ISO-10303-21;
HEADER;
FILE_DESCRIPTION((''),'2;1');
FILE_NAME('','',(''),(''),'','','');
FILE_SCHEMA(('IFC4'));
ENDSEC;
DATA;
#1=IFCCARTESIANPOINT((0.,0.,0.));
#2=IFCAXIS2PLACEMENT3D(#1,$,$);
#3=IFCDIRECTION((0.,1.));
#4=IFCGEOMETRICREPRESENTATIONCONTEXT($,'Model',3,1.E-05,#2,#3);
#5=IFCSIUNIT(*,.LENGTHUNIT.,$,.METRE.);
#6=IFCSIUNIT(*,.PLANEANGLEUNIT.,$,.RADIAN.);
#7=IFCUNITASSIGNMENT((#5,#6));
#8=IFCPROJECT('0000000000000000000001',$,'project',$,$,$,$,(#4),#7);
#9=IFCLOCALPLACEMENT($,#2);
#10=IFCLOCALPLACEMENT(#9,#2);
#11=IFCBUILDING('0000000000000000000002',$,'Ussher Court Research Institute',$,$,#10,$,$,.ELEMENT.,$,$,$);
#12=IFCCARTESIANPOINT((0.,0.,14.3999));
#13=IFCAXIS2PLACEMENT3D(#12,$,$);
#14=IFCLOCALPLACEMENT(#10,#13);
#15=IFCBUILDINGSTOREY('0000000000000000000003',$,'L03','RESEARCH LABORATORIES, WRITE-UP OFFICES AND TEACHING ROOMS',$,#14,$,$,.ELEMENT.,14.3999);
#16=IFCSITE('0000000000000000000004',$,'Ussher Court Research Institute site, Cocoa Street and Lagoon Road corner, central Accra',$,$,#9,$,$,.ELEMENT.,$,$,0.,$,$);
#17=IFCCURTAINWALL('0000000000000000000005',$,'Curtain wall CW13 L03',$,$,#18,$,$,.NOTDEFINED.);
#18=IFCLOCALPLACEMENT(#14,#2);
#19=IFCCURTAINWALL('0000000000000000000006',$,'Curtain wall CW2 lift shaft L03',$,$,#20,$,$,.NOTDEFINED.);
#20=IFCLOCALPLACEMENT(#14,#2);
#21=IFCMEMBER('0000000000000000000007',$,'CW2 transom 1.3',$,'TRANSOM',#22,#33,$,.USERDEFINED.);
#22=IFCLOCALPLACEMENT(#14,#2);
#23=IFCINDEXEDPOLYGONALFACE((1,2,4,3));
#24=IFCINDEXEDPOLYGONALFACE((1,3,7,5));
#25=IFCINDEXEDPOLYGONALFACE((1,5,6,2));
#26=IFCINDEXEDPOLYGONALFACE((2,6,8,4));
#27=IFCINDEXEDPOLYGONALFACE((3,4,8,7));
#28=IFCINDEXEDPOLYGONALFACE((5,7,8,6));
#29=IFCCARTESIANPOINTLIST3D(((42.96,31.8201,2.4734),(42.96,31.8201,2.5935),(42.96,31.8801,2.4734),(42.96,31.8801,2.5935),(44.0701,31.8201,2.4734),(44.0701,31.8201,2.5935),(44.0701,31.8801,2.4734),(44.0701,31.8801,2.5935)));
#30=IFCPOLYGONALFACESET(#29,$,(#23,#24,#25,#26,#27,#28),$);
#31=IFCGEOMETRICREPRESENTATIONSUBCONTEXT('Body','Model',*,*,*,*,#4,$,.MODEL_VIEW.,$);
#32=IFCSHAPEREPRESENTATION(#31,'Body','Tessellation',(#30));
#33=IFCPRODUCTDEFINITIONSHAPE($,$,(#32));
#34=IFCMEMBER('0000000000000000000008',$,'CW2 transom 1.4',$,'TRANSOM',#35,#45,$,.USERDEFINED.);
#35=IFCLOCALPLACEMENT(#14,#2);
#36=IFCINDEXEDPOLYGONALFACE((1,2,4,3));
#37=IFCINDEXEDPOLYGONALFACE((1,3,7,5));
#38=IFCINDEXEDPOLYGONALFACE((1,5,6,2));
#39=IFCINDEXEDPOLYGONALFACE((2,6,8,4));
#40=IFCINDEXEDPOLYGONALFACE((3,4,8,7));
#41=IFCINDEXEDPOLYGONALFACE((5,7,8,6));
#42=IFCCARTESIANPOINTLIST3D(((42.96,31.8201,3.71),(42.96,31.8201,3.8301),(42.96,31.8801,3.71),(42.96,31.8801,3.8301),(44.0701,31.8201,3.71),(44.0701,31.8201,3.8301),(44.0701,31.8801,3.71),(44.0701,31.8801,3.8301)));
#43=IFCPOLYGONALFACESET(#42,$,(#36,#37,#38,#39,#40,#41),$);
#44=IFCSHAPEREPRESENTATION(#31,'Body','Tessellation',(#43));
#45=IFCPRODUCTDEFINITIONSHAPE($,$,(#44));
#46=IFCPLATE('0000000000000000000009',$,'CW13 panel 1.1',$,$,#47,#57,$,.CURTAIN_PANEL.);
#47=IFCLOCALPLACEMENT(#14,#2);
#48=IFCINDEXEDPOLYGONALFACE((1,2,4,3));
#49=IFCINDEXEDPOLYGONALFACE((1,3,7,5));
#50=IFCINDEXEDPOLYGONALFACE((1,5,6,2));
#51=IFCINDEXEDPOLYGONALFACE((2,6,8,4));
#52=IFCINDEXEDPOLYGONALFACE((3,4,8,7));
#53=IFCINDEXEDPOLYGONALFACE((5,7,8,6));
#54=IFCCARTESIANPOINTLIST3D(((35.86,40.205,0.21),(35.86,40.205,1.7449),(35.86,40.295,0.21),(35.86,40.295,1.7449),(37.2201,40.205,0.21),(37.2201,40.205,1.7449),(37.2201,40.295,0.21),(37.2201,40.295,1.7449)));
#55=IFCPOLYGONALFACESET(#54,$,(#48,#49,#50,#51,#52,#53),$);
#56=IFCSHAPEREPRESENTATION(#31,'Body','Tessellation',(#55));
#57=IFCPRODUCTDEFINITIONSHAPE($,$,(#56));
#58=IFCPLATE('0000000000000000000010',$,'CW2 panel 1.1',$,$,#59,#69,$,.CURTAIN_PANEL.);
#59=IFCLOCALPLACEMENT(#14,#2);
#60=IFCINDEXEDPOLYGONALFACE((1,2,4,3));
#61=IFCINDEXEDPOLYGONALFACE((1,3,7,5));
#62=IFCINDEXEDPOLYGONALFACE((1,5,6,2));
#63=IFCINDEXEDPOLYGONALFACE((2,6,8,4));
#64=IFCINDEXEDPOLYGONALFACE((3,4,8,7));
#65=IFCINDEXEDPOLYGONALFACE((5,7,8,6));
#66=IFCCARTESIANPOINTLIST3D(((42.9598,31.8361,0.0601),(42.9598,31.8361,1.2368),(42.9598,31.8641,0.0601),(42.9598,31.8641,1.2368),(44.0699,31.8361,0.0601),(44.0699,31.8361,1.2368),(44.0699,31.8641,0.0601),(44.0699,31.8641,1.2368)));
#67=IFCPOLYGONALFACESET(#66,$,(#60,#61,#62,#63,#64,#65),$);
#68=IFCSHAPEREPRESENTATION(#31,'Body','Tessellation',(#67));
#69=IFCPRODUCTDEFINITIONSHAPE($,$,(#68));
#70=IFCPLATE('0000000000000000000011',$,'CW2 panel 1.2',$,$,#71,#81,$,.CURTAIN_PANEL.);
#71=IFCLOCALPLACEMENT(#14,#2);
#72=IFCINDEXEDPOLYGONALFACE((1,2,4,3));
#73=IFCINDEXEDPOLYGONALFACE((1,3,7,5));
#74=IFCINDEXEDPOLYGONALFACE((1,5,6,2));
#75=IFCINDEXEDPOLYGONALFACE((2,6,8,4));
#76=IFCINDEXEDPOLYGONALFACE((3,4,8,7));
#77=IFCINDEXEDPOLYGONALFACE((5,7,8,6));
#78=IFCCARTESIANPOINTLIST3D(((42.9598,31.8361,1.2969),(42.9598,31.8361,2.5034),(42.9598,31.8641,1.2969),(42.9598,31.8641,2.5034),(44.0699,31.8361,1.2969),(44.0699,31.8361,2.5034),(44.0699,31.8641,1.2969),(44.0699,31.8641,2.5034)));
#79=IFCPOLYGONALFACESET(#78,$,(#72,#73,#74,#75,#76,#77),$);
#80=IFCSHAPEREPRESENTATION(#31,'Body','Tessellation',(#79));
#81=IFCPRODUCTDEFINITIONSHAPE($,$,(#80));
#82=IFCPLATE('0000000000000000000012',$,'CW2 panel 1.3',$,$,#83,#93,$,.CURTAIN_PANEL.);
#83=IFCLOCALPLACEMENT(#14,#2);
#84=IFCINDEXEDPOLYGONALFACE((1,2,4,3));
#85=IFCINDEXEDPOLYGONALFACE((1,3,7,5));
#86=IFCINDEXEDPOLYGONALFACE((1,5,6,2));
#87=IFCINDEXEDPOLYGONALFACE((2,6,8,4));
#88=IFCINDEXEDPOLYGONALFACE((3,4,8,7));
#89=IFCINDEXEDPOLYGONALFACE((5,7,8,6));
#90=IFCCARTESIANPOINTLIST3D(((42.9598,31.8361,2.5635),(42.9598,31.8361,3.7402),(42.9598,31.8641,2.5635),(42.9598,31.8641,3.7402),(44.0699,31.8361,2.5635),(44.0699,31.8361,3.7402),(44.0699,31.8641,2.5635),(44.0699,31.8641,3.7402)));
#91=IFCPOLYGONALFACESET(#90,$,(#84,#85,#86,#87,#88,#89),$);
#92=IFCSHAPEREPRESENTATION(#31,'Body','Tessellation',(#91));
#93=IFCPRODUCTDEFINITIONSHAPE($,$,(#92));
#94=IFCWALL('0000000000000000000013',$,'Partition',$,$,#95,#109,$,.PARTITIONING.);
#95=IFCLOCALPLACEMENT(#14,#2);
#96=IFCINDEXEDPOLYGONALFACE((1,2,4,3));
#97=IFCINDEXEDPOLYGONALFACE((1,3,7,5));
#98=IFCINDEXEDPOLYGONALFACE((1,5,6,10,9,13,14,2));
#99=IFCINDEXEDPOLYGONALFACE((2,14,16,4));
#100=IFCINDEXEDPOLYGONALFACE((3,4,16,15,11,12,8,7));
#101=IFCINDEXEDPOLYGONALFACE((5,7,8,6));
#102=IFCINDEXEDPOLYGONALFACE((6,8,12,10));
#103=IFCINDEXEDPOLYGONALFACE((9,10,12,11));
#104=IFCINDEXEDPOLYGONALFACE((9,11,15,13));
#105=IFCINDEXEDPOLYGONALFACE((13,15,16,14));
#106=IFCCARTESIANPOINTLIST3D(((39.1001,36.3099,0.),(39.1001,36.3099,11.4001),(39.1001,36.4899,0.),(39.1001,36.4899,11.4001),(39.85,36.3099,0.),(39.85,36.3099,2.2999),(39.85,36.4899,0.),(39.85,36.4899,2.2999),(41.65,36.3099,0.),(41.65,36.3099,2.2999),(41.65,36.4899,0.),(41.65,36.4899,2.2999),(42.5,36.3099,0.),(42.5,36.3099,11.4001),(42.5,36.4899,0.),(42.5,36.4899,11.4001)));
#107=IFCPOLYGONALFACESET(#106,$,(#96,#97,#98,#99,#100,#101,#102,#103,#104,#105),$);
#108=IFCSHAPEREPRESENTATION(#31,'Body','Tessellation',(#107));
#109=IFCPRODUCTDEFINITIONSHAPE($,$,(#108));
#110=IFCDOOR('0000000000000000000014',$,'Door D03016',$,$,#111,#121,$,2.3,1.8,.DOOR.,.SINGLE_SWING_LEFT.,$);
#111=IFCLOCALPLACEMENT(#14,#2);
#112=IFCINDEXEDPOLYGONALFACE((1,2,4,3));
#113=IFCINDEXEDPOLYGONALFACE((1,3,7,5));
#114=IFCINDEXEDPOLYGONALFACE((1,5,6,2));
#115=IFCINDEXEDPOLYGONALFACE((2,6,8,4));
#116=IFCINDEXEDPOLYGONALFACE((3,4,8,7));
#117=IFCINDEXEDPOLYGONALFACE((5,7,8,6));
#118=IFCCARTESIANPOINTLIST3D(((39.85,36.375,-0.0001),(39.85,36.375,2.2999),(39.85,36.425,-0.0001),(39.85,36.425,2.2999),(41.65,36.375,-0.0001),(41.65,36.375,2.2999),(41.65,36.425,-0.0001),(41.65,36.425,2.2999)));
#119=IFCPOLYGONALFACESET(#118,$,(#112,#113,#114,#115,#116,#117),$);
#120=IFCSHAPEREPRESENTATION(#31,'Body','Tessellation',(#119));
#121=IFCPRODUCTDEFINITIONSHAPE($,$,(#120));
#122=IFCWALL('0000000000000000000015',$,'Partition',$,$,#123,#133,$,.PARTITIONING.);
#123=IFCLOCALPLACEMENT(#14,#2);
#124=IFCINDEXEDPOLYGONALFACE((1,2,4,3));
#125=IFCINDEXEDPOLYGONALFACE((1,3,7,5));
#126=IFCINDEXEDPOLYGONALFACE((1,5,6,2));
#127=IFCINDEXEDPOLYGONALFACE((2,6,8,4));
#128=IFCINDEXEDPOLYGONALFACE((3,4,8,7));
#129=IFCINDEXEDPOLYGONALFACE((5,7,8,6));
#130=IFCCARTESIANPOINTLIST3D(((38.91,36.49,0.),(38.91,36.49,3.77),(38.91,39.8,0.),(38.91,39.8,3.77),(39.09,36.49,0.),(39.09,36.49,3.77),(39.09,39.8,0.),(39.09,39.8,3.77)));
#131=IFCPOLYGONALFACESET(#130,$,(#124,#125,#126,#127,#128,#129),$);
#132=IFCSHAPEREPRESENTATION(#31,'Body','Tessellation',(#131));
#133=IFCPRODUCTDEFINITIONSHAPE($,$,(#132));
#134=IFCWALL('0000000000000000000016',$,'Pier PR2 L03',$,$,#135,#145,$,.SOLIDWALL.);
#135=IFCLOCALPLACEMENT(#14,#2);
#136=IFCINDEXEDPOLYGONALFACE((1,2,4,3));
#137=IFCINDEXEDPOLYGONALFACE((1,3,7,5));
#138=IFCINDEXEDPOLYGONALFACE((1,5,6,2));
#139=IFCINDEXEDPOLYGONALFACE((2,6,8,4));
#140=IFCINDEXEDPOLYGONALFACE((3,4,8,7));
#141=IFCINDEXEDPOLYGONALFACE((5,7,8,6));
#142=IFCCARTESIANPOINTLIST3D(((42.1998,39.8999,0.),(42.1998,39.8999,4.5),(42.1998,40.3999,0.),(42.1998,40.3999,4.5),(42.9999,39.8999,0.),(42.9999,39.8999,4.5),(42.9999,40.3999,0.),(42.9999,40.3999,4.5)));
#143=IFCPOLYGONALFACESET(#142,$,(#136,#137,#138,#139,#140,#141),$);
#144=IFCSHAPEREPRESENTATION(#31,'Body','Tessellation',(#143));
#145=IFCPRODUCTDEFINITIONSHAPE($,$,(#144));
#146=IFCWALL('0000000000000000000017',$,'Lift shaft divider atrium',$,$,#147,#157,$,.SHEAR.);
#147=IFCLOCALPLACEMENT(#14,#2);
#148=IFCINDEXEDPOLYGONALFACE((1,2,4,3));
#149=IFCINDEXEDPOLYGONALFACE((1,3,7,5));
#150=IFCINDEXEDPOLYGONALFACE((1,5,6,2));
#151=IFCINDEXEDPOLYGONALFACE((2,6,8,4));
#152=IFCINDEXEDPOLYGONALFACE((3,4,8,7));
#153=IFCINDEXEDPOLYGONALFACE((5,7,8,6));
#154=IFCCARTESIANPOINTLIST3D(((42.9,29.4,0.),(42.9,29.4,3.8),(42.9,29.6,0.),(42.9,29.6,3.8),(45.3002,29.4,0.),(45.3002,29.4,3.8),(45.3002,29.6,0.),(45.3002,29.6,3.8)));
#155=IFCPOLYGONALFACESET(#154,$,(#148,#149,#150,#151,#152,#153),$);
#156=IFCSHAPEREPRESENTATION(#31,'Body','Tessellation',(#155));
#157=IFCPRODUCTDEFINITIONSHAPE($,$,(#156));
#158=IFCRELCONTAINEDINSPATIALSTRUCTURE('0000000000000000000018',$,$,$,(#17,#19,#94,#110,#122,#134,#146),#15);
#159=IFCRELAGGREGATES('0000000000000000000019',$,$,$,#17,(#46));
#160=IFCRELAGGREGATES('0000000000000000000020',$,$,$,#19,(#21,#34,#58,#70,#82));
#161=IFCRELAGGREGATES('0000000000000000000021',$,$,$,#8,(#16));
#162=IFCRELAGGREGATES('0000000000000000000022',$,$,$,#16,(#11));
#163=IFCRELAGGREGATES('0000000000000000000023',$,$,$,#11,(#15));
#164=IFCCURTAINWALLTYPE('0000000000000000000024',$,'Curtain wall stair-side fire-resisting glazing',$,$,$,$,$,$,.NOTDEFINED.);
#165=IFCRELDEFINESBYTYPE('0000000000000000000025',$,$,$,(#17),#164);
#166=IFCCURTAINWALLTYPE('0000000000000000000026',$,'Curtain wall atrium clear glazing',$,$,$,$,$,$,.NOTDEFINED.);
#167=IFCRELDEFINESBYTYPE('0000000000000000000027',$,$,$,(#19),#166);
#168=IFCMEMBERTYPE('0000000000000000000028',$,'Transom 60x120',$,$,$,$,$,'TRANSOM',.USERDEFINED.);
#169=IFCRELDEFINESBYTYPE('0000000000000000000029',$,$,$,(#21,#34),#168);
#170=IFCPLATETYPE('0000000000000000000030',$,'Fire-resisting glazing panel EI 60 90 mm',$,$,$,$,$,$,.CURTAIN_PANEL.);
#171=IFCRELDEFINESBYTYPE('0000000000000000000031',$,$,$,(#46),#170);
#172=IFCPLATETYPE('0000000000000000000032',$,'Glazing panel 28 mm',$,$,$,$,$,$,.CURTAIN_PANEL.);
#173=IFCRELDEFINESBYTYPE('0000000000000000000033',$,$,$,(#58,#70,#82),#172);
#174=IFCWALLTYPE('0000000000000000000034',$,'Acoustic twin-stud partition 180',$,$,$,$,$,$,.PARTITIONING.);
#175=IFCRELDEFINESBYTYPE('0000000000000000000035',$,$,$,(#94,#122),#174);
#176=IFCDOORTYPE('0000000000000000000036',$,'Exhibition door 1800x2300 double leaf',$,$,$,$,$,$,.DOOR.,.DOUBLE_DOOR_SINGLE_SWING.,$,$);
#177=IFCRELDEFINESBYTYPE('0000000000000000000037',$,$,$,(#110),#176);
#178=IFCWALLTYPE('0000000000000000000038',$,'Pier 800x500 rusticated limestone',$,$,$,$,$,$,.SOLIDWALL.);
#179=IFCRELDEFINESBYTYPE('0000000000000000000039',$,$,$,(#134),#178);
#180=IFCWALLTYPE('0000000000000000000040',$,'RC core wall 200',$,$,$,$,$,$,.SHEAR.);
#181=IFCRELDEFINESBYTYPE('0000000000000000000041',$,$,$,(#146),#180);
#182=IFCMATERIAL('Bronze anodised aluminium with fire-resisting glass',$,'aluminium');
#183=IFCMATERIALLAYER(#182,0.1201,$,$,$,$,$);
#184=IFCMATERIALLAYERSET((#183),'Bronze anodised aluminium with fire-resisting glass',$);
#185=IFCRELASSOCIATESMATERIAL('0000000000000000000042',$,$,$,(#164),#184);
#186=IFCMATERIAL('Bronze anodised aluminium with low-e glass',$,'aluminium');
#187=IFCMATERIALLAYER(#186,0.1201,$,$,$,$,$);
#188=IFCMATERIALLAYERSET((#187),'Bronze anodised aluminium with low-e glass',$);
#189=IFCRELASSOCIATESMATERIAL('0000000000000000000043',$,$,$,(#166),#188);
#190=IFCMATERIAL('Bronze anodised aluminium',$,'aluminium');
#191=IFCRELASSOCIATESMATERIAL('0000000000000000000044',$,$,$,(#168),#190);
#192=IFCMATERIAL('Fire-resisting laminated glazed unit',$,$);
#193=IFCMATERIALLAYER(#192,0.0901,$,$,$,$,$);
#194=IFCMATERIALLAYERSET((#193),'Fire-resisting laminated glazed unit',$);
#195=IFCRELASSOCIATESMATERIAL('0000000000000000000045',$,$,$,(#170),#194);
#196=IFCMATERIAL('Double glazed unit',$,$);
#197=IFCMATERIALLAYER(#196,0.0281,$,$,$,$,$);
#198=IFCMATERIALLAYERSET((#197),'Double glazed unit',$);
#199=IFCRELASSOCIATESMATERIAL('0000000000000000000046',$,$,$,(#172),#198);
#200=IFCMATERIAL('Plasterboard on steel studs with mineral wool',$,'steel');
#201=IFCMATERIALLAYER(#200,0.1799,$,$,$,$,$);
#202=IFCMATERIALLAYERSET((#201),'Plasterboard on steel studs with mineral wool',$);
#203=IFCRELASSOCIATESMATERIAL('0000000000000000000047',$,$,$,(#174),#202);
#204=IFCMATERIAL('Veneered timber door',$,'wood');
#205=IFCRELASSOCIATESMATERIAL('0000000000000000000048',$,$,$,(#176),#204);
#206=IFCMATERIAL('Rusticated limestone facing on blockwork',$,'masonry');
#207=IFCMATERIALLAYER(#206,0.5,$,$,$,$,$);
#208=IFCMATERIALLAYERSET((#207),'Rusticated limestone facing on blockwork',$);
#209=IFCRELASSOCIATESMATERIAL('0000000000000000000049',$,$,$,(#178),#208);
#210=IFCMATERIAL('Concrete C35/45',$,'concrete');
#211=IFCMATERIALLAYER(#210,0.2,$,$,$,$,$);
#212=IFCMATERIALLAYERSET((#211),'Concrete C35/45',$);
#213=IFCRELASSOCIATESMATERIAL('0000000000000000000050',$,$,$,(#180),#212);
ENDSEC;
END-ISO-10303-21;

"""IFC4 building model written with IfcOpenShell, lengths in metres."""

from ifc_helpers import new_model, si_unit, direction, frame, frame_2d, origin, origin_2d, place, context, subcontext, project, spatial, rectangle, extrude, material, layer, layer_set, material_profile, profile_set, type_object, element, fill, aggregate, save


model = new_model("IFC4")

# Units and contexts
model_context = context("Model", 3, precision=1e-05, world=origin(), true_north=direction((0.0, 1.0)))
body_context = subcontext(model_context, "Body", "Model", "MODEL_VIEW")
ifc_project = project(units=[si_unit("LENGTHUNIT", "METRE"), si_unit("PLANEANGLEUNIT", "RADIAN")], contexts=[model_context])

# Site, building, storey
site_placement = place(None, origin())
site = spatial("IfcSite", under=ifc_project, at=site_placement, Name="Ussher Court Research Institute site, Cocoa Street and Lagoon Road corner, central Accra", CompositionType="ELEMENT", RefElevation=0.0)
building_placement = place(site_placement, origin())
building = spatial("IfcBuilding", under=site, at=building_placement, Name="Ussher Court Research Institute", CompositionType="ELEMENT")
storey_placement = place(building_placement, frame((0.0, 0.0, 14.3999)))
storey = spatial("IfcBuildingStorey", under=building, at=storey_placement, Name="L03", Description="RESEARCH LABORATORIES, WRITE-UP OFFICES AND TEACHING ROOMS", CompositionType="ELEMENT", Elevation=14.3999)

# Curtain walls
ifc_material_1 = material(Name="Bronze anodised aluminium with fire-resisting glass", Category="aluminium")
ifc_layer_1 = layer(ifc_material_1, 0.1201)
ifc_layer_set_1 = layer_set([ifc_layer_1], Name="Bronze anodised aluminium with fire-resisting glass")
curtain_wall_type_1 = type_object("IfcCurtainWallType", Name="Curtain wall stair-side fire-resisting glazing", PredefinedType="NOTDEFINED", material=ifc_layer_set_1)
curtain_wall_1_placement = place(storey_placement, origin())
curtain_wall_1 = element("IfcCurtainWall", 1, at=curtain_wall_1_placement, inside=storey, type_object=curtain_wall_type_1, Name="Curtain wall CW13 L03", PredefinedType="NOTDEFINED")
ifc_material_2 = material(Name="Bronze anodised aluminium with low-e glass", Category="aluminium")
ifc_layer_2 = layer(ifc_material_2, 0.1201)
ifc_layer_set_2 = layer_set([ifc_layer_2], Name="Bronze anodised aluminium with low-e glass")
curtain_wall_type_2 = type_object("IfcCurtainWallType", Name="Curtain wall atrium clear glazing", PredefinedType="NOTDEFINED", material=ifc_layer_set_2)
curtain_wall_2_placement = place(storey_placement, origin())
curtain_wall_2 = element("IfcCurtainWall", 2, at=curtain_wall_2_placement, inside=storey, type_object=curtain_wall_type_2, Name="Curtain wall CW2 lift shaft L03", PredefinedType="NOTDEFINED")

# Members
ifc_material_3 = material(Name="Bronze anodised aluminium", Category="aluminium")
ifc_material_profile_1 = material_profile(ifc_material_3, rectangle(XDim=0.0601, YDim=0.1201, at=origin_2d()), Name="Transom 60x120")
ifc_profile_set_1 = profile_set([ifc_material_profile_1], Name="Bronze anodised aluminium")
member_type_1 = type_object("IfcMemberType", Name="Transom 60x120", ElementType="TRANSOM", PredefinedType="USERDEFINED", material=ifc_profile_set_1)
member_1_placement = place(storey_placement, frame((42.96, 31.8501, 2.5334), z_axis=(1.0, 0.0, 0.0), x_axis=(0.0, 1.0, 0.0)))
member_1 = element("IfcMember", 3, at=member_1_placement, type_object=member_type_1, Name="CW2 transom 1.3", ObjectType="TRANSOM", PredefinedType="USERDEFINED", context=body_context, shape_type="SweptSolid", body=[
    extrude(rectangle(XDim=0.0601, YDim=0.1201, at=origin_2d()), origin(), (0.0, 0.0, 1.0), 1.1101),
])
member_2_placement = place(storey_placement, frame((42.96, 31.8501, 3.77), z_axis=(1.0, 0.0, 0.0), x_axis=(0.0, 1.0, 0.0)))
member_2 = element("IfcMember", 4, at=member_2_placement, type_object=member_type_1, Name="CW2 transom 1.4", ObjectType="TRANSOM", PredefinedType="USERDEFINED", context=body_context, shape_type="SweptSolid", body=[
    extrude(rectangle(XDim=0.0601, YDim=0.1201, at=origin_2d()), origin(), (0.0, 0.0, 1.0), 1.1101),
])

# Plates
ifc_material_4 = material(Name="Fire-resisting laminated glazed unit")
ifc_layer_3 = layer(ifc_material_4, 0.0901)
ifc_layer_set_3 = layer_set([ifc_layer_3], Name="Fire-resisting laminated glazed unit")
plate_type_1 = type_object("IfcPlateType", Name="Fire-resisting glazing panel EI 60 90 mm", PredefinedType="CURTAIN_PANEL", material=ifc_layer_set_3)
plate_1_placement = place(storey_placement, frame((36.54, 40.25, 0.21), z_axis=(0.0, 0.0, 1.0), x_axis=(1.0, 0.0, 0.0)))
plate_1 = element("IfcPlate", 5, at=plate_1_placement, type_object=plate_type_1, Name="CW13 panel 1.1", PredefinedType="CURTAIN_PANEL", context=body_context, shape_type="SweptSolid", body=[
    extrude(rectangle(XDim=1.3601, YDim=0.0901, at=origin_2d()), origin(), (0.0, 0.0, 1.0), 1.5349),
])
aggregate(curtain_wall_1, [plate_1])
ifc_material_5 = material(Name="Double glazed unit")
ifc_layer_4 = layer(ifc_material_5, 0.0281)
ifc_layer_set_4 = layer_set([ifc_layer_4], Name="Double glazed unit")
plate_type_2 = type_object("IfcPlateType", Name="Glazing panel 28 mm", PredefinedType="CURTAIN_PANEL", material=ifc_layer_set_4)
plate_2_placement = place(storey_placement, frame((43.5149, 31.8501, 0.0601), z_axis=(0.0, 0.0, 1.0), x_axis=(1.0, 0.0, 0.0)))
plate_2 = element("IfcPlate", 6, at=plate_2_placement, type_object=plate_type_2, Name="CW2 panel 1.1", PredefinedType="CURTAIN_PANEL", context=body_context, shape_type="SweptSolid", body=[
    extrude(rectangle(XDim=1.1101, YDim=0.0281, at=origin_2d()), origin(), (0.0, 0.0, 1.0), 1.1768),
])
plate_3_placement = place(storey_placement, frame((43.5149, 31.8501, 1.2969), z_axis=(0.0, 0.0, 1.0), x_axis=(1.0, 0.0, 0.0)))
plate_3 = element("IfcPlate", 7, at=plate_3_placement, type_object=plate_type_2, Name="CW2 panel 1.2", PredefinedType="CURTAIN_PANEL", context=body_context, shape_type="SweptSolid", body=[
    extrude(rectangle(XDim=1.1101, YDim=0.0281, at=origin_2d()), origin(), (0.0, 0.0, 1.0), 1.2065),
])
plate_4_placement = place(storey_placement, frame((43.5149, 31.8501, 2.5635), z_axis=(0.0, 0.0, 1.0), x_axis=(1.0, 0.0, 0.0)))
plate_4 = element("IfcPlate", 8, at=plate_4_placement, type_object=plate_type_2, Name="CW2 panel 1.3", PredefinedType="CURTAIN_PANEL", context=body_context, shape_type="SweptSolid", body=[
    extrude(rectangle(XDim=1.1101, YDim=0.0281, at=origin_2d()), origin(), (0.0, 0.0, 1.0), 1.1768),
])
aggregate(curtain_wall_2, [member_1, member_2, plate_2, plate_3, plate_4])

# Wall, opening, door
ifc_material_6 = material(Name="Plasterboard on steel studs with mineral wool", Category="steel")
ifc_layer_5 = layer(ifc_material_6, 0.1799)
ifc_layer_set_5 = layer_set([ifc_layer_5], Name="Plasterboard on steel studs with mineral wool")
wall_type_1 = type_object("IfcWallType", Name="Acoustic twin-stud partition 180", PredefinedType="PARTITIONING", material=ifc_layer_set_5)
wall_1_placement = place(storey_placement, frame((42.5, 36.3999, 0.0), z_axis=(0.0, 0.0, 1.0), x_axis=(-1.0, 0.0, 0.0)))
wall_1 = element("IfcWall", 9, at=wall_1_placement, inside=storey, type_object=wall_type_1, Name="Partition", PredefinedType="PARTITIONING", context=body_context, shape_type="SweptSolid", body=[
    extrude(rectangle(XDim=3.3999, YDim=0.1799, at=frame_2d((1.7, 0.0))), origin(), (0.0, 0.0, 1.0), 11.4001),
])
opening_placement = place(wall_1_placement, frame((0.8501, 0.0, 0.0)))
opening = element("IfcOpeningElement", 10, at=opening_placement, cuts=wall_1, PredefinedType="OPENING", context=body_context, shape_type="SweptSolid", body=[
    extrude(rectangle(XDim=1.8, YDim=2.3, at=frame_2d((0.8999, 1.1499))), frame((0.0, 0.1001, 0.0), z_axis=(0.0, -1.0, 0.0), x_axis=(1.0, 0.0, 0.0)), (0.0, 0.0, 1.0), 0.2),
])
ifc_material_7 = material(Name="Veneered timber door", Category="wood")
door_type = type_object("IfcDoorType", Name="Exhibition door 1800x2300 double leaf", OperationType="DOUBLE_DOOR_SINGLE_SWING", PredefinedType="DOOR", material=ifc_material_7)
door_placement = place(opening_placement, origin())
door = element("IfcDoor", 11, at=door_placement, inside=storey, type_object=door_type, Name="Door D03016", OperationType="SINGLE_SWING_LEFT", OverallHeight=2.3, OverallWidth=1.8, PredefinedType="DOOR", context=body_context, shape_type="SweptSolid", body=[
    extrude(rectangle(XDim=1.8, YDim=2.3, at=frame_2d((0.8999, 1.1499))), frame((0.0, 0.0249, 0.0), z_axis=(0.0, -1.0, 0.0), x_axis=(1.0, 0.0, 0.0)), (0.0, 0.0, 1.0), 0.05),
])
fill(opening, door)

# Walls
wall_2_placement = place(storey_placement, frame((39.0, 36.49, 0.0), z_axis=(0.0, 0.0, 1.0), x_axis=(0.0, 1.0, 0.0)))
element("IfcWall", 12, at=wall_2_placement, inside=storey, type_object=wall_type_1, Name="Partition", PredefinedType="PARTITIONING", context=body_context, shape_type="SweptSolid", body=[
    extrude(rectangle(XDim=3.3101, YDim=0.1799, at=frame_2d((1.655, 0.0))), origin(), (0.0, 0.0, 1.0), 3.77),
])
ifc_material_8 = material(Name="Rusticated limestone facing on blockwork", Category="masonry")
ifc_layer_6 = layer(ifc_material_8, 0.5)
ifc_layer_set_6 = layer_set([ifc_layer_6], Name="Rusticated limestone facing on blockwork")
wall_type_2 = type_object("IfcWallType", Name="Pier 800x500 rusticated limestone", PredefinedType="SOLIDWALL", material=ifc_layer_set_6)
wall_3_placement = place(storey_placement, frame((42.2, 40.1499, 0.0), z_axis=(0.0, 0.0, 1.0), x_axis=(1.0, 0.0, 0.0)))
element("IfcWall", 13, at=wall_3_placement, inside=storey, type_object=wall_type_2, Name="Pier PR2 L03", PredefinedType="SOLIDWALL", context=body_context, shape_type="SweptSolid", body=[
    extrude(rectangle(XDim=0.8, YDim=0.5, at=frame_2d((0.3999, 0.0))), origin(), (0.0, 0.0, 1.0), 4.5),
])
ifc_material_9 = material(Name="Concrete C35/45", Category="concrete")
ifc_layer_7 = layer(ifc_material_9, 0.2)
ifc_layer_set_7 = layer_set([ifc_layer_7], Name="Concrete C35/45")
wall_type_3 = type_object("IfcWallType", Name="RC core wall 200", PredefinedType="SHEAR", material=ifc_layer_set_7)
wall_4_placement = place(storey_placement, frame((42.8999, 29.5, 0.0), z_axis=(0.0, 0.0, 1.0), x_axis=(1.0, 0.0, 0.0)))
element("IfcWall", 14, at=wall_4_placement, inside=storey, type_object=wall_type_3, Name="Lift shaft divider atrium", PredefinedType="SHEAR", context=body_context, shape_type="SweptSolid", body=[
    extrude(rectangle(XDim=2.4001, YDim=0.2, at=frame_2d((1.2002, 0.0))), origin(), (0.0, 0.0, 1.0), 3.8),
])

save(model, "model.ifc")
